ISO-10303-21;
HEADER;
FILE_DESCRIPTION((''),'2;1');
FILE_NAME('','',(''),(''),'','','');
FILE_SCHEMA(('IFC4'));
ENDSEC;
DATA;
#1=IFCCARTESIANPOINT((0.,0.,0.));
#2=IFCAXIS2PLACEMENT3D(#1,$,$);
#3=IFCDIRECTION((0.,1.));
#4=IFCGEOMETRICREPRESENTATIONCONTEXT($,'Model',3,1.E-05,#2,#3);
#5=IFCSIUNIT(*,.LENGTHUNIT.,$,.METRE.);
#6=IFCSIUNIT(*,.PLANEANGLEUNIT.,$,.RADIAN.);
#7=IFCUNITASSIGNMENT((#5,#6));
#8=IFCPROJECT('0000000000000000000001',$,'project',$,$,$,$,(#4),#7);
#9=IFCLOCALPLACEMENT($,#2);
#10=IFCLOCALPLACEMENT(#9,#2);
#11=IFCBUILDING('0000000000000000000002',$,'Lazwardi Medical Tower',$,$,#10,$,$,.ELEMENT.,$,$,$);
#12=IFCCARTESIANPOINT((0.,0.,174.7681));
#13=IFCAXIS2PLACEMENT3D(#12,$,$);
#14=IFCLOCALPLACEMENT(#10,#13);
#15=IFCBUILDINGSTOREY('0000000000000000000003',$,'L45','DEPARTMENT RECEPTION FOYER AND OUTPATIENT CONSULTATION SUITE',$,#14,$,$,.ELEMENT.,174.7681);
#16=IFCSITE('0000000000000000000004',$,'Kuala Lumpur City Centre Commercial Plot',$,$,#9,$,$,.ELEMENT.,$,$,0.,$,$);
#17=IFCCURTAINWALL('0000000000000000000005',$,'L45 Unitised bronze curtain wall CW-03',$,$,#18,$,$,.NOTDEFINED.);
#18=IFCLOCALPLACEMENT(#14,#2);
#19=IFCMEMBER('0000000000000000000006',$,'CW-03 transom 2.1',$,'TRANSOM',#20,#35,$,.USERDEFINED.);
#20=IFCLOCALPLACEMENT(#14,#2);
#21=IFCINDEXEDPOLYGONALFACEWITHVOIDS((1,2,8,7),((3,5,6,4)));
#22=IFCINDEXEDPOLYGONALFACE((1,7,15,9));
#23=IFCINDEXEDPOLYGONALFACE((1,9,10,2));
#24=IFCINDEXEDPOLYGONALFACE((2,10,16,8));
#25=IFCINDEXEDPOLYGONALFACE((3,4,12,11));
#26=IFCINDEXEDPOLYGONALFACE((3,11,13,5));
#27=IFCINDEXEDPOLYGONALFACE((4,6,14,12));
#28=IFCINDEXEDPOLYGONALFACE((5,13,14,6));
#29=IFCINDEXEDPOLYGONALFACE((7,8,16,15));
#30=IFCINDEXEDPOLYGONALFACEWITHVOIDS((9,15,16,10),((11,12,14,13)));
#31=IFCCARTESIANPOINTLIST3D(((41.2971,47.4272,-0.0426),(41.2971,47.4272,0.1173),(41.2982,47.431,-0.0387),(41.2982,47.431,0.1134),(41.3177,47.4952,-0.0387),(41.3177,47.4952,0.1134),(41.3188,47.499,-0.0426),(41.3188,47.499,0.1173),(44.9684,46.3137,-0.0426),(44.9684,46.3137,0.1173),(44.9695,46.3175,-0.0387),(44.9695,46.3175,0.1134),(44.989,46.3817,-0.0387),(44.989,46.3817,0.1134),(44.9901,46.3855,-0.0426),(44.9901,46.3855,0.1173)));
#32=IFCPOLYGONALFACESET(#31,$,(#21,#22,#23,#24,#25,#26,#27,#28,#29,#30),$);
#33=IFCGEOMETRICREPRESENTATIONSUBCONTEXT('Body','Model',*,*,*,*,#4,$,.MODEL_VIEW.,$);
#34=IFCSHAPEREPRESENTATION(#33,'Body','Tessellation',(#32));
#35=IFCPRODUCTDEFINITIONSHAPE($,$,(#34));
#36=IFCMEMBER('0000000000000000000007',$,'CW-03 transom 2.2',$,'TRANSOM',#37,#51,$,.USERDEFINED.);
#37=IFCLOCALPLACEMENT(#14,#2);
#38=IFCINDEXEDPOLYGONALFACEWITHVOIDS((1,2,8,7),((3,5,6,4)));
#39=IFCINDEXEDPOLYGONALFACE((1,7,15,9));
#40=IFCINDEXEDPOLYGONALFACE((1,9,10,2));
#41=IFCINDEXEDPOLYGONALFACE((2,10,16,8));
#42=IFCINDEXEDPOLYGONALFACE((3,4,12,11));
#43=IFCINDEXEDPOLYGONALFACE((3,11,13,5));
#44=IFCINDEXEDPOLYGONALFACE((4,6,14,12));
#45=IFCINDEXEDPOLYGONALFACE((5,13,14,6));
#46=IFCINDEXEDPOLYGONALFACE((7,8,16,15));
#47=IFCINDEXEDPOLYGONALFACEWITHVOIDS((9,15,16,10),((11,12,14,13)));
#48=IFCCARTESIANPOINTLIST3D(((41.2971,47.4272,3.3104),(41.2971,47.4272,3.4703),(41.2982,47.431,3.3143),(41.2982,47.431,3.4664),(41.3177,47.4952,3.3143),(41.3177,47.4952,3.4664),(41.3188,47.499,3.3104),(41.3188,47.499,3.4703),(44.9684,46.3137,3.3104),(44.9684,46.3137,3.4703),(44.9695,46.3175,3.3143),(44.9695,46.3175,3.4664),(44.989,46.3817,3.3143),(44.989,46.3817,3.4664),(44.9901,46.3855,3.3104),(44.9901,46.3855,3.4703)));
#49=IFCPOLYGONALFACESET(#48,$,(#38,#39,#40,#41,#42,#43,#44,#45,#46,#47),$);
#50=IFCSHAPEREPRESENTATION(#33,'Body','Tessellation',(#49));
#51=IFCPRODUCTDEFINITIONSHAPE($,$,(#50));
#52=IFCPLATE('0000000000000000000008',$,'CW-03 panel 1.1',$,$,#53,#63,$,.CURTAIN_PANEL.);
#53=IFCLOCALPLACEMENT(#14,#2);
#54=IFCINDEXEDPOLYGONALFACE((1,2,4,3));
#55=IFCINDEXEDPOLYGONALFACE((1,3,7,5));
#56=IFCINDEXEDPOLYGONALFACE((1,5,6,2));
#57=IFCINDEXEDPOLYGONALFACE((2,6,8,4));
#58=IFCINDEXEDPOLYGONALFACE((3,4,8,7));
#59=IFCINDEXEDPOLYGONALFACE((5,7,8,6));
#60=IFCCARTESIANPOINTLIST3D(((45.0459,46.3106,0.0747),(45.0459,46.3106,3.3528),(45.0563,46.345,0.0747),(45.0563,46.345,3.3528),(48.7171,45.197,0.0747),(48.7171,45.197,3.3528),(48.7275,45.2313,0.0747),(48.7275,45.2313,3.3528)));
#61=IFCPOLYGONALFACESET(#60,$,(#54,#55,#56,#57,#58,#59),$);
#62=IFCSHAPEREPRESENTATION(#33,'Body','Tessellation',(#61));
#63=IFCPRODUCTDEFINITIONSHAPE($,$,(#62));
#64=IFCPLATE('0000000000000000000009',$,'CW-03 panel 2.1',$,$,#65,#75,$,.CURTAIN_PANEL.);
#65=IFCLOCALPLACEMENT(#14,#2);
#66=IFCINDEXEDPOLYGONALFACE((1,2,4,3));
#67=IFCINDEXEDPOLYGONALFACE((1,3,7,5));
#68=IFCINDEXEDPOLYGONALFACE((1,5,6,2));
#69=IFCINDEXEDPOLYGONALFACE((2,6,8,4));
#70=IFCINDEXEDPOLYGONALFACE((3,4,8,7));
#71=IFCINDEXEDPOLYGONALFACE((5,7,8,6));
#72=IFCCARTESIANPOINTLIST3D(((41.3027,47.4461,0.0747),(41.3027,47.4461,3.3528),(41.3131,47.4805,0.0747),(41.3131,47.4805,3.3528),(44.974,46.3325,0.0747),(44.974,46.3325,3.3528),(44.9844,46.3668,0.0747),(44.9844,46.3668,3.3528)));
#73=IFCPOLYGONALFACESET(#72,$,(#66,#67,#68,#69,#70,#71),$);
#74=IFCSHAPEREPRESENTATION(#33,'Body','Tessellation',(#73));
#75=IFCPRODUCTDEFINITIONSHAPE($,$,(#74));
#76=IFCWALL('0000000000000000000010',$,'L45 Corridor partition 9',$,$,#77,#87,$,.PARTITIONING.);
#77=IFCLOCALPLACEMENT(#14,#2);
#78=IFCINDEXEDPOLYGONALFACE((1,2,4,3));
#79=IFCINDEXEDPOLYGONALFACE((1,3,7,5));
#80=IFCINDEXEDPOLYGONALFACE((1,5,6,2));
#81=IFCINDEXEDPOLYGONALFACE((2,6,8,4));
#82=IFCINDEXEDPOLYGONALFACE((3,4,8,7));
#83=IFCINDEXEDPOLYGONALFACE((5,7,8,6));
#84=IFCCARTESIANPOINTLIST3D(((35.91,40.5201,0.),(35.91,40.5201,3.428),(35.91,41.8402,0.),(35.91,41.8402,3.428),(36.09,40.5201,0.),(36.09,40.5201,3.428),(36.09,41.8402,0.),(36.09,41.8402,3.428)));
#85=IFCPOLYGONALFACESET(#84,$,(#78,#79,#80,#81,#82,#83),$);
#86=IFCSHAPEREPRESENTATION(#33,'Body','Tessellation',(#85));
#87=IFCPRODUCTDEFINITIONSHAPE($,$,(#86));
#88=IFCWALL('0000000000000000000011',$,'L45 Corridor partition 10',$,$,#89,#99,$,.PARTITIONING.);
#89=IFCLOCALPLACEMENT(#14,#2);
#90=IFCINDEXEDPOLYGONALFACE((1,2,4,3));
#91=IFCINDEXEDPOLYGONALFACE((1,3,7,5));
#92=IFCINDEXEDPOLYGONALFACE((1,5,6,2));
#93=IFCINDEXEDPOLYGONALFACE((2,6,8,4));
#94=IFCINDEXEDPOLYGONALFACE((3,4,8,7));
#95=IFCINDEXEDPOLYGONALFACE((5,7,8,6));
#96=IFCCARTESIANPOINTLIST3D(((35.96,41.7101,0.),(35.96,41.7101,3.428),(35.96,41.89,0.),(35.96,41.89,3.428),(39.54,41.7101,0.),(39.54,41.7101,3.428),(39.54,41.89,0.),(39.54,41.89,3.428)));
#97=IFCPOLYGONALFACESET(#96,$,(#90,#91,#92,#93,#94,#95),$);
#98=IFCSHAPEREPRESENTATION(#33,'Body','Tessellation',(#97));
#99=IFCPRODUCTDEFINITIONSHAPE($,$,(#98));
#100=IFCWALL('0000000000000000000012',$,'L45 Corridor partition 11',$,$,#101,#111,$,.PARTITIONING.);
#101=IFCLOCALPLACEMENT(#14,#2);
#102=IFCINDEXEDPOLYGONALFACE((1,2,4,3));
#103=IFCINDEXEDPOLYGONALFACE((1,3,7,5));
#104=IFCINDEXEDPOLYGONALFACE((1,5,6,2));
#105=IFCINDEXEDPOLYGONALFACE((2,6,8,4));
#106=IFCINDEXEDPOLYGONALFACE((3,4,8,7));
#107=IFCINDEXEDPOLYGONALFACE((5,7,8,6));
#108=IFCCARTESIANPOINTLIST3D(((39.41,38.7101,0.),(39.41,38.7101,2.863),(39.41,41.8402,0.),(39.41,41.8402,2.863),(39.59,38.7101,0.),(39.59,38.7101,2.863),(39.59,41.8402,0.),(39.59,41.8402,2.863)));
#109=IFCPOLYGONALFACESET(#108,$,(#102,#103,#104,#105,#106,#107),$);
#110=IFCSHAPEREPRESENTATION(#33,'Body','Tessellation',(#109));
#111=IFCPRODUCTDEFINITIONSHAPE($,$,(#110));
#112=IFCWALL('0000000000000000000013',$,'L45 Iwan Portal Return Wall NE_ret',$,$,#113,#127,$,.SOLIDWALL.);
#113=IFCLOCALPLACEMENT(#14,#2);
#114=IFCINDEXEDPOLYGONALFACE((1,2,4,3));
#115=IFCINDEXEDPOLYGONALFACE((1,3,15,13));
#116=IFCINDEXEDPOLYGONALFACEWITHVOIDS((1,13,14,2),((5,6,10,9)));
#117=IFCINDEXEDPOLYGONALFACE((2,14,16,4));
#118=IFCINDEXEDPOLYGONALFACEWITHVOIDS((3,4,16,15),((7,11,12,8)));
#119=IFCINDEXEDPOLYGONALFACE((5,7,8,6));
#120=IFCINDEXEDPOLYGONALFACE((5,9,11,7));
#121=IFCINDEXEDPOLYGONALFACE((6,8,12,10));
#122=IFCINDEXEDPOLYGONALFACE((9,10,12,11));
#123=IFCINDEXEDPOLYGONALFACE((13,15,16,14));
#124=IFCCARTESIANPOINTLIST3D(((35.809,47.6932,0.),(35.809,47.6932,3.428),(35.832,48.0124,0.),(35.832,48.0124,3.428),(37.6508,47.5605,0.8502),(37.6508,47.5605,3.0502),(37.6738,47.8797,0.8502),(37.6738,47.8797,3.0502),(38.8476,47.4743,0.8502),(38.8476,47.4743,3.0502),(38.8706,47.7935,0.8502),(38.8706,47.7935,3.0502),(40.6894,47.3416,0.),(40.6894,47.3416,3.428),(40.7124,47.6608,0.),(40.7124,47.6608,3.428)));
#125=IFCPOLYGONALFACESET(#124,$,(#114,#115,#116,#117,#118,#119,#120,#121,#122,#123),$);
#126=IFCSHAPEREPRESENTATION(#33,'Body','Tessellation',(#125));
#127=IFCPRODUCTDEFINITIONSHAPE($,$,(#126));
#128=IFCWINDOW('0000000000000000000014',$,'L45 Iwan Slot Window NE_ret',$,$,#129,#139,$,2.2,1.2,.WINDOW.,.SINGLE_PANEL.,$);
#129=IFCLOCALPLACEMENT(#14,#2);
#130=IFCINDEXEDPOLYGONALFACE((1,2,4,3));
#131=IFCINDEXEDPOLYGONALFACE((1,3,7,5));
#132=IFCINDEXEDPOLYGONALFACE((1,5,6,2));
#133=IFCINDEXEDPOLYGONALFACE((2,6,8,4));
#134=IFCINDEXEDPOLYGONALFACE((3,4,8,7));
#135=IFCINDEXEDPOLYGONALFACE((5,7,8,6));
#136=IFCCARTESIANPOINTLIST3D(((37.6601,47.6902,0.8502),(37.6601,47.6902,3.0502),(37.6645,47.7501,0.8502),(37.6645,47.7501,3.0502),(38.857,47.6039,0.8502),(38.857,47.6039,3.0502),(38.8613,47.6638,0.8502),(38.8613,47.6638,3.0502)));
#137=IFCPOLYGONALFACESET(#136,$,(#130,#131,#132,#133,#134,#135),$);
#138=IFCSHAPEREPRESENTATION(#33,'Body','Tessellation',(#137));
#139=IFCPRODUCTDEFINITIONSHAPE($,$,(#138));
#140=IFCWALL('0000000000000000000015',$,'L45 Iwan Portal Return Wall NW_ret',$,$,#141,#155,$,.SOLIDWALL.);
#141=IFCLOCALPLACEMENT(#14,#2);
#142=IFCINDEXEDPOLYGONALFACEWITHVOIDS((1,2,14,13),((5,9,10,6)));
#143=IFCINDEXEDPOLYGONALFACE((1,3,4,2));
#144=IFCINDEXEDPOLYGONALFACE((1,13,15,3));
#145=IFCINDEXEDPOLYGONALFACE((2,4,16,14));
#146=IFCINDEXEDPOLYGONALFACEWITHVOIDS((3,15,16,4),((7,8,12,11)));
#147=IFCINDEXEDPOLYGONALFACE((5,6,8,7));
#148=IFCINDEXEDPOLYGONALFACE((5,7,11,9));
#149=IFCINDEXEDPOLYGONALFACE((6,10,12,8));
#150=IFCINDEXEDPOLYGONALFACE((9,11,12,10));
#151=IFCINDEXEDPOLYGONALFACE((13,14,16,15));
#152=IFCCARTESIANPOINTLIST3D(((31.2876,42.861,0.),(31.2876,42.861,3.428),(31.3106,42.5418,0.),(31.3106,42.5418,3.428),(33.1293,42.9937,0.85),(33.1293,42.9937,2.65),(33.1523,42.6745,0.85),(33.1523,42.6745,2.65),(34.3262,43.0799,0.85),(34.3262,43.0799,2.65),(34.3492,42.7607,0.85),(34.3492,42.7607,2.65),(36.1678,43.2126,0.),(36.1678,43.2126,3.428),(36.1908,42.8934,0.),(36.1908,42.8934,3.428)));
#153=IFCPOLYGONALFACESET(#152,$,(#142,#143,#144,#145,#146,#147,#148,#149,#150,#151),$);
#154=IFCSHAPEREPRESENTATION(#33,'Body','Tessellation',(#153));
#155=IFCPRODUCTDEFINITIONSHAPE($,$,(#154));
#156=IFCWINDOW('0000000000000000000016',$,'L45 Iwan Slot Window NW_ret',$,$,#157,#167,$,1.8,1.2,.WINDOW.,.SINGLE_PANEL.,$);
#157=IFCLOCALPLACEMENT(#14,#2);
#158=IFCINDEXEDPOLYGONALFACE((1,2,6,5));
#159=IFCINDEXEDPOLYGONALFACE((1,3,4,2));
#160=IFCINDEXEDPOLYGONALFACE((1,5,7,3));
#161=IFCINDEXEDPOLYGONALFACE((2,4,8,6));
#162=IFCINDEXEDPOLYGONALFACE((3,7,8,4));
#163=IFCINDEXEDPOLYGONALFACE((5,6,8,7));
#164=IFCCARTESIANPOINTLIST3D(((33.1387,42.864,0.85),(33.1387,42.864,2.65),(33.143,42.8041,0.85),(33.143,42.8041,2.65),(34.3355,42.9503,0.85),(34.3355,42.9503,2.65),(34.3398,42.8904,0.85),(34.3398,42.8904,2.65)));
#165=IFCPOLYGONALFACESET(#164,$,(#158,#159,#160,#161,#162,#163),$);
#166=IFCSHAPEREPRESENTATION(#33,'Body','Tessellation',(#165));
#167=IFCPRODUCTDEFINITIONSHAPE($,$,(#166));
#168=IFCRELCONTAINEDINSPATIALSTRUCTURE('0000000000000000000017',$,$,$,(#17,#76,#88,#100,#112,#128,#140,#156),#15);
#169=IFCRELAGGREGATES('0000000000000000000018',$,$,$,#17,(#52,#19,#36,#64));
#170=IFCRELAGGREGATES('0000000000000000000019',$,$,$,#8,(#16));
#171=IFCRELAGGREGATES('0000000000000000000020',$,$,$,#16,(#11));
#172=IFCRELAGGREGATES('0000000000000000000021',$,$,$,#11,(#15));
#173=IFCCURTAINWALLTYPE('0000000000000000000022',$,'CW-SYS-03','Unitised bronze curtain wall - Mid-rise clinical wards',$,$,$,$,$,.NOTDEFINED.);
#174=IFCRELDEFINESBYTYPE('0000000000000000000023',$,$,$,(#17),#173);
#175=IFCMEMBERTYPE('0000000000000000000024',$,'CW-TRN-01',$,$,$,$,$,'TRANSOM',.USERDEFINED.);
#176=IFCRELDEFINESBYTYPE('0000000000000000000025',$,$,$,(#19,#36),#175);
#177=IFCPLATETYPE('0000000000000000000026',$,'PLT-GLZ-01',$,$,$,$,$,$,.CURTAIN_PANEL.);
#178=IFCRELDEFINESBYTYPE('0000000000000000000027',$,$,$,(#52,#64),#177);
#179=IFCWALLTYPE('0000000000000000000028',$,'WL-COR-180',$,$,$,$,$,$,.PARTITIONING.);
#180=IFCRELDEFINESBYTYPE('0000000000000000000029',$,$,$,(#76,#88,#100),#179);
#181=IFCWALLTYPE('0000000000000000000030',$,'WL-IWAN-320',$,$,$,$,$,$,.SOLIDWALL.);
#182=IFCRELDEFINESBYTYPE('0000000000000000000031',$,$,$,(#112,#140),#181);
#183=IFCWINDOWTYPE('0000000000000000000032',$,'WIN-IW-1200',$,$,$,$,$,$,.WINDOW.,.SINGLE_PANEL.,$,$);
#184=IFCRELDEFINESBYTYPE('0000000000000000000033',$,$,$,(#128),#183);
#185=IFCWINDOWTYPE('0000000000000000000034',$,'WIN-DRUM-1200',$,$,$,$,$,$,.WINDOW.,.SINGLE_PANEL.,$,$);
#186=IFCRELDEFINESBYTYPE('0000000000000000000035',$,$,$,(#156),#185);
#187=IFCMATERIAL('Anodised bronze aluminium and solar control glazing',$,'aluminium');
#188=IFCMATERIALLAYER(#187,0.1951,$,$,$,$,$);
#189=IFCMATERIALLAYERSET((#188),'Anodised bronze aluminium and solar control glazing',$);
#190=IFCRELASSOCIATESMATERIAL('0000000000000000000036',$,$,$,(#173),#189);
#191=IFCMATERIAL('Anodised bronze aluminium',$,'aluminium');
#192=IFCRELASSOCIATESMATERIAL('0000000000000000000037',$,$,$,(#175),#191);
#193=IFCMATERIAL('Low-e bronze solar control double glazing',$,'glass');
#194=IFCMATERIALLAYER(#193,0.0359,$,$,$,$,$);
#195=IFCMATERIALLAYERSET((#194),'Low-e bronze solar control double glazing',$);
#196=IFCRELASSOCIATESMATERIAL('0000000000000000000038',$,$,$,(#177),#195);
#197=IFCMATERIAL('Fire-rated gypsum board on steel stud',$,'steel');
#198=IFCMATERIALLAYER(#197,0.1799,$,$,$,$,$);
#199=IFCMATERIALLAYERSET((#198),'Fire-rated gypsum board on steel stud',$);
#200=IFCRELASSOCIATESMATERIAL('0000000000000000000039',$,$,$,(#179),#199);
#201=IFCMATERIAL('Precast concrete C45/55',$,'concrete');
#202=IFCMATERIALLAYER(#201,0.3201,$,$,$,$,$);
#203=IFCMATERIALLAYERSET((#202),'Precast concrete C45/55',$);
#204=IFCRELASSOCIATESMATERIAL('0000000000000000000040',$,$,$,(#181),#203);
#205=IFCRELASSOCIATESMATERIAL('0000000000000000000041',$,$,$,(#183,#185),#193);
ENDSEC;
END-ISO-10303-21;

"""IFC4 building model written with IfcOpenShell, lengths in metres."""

from ifc_helpers import new_model, si_unit, direction, frame, frame_2d, origin, origin_2d, place, context, subcontext, project, spatial, rectangle, hollow_rectangle, extrude, material, layer, layer_set, material_profile, profile_set, type_object, element, fill, aggregate, save


model = new_model("IFC4")

# Units and contexts
model_context = context("Model", 3, precision=1e-05, world=origin(), true_north=direction((0.0, 1.0)))
body_context = subcontext(model_context, "Body", "Model", "MODEL_VIEW")
ifc_project = project(units=[si_unit("LENGTHUNIT", "METRE"), si_unit("PLANEANGLEUNIT", "RADIAN")], contexts=[model_context])

# Site, building, storey
site_placement = place(None, origin())
site = spatial("IfcSite", under=ifc_project, at=site_placement, Name="Kuala Lumpur City Centre Commercial Plot", CompositionType="ELEMENT", RefElevation=0.0)
building_placement = place(site_placement, origin())
building = spatial("IfcBuilding", under=site, at=building_placement, Name="Lazwardi Medical Tower", CompositionType="ELEMENT")
storey_placement = place(building_placement, frame((0.0, 0.0, 174.7681)))
storey = spatial("IfcBuildingStorey", under=building, at=storey_placement, Name="L45", Description="DEPARTMENT RECEPTION FOYER AND OUTPATIENT CONSULTATION SUITE", CompositionType="ELEMENT", Elevation=174.7681)

# Curtain wall, members, plates
ifc_material_1 = material(Name="Anodised bronze aluminium and solar control glazing", Category="aluminium")
ifc_layer_1 = layer(ifc_material_1, 0.1951)
ifc_layer_set_1 = layer_set([ifc_layer_1], Name="Anodised bronze aluminium and solar control glazing")
curtain_wall_type = type_object("IfcCurtainWallType", Name="CW-SYS-03", Description="Unitised bronze curtain wall - Mid-rise clinical wards", PredefinedType="NOTDEFINED", material=ifc_layer_set_1)
curtain_wall_placement = place(storey_placement, origin())
curtain_wall = element("IfcCurtainWall", 1, at=curtain_wall_placement, inside=storey, type_object=curtain_wall_type, Name="L45 Unitised bronze curtain wall CW-03", PredefinedType="NOTDEFINED")
ifc_material_2 = material(Name="Anodised bronze aluminium", Category="aluminium")
ifc_material_profile_1 = material_profile(ifc_material_2, hollow_rectangle(XDim=0.075, YDim=0.1599, WallThickness=0.0039, at=origin_2d()), Name="ALU-TRANSOM 160x75x4")
ifc_profile_set_1 = profile_set([ifc_material_profile_1], Name="Anodised bronze aluminium")
member_type_1 = type_object("IfcMemberType", Name="CW-TRN-01", ElementType="TRANSOM", PredefinedType="USERDEFINED", material=ifc_profile_set_1)
member_1_placement = place(storey_placement, frame((44.9792, 46.3496, 0.0374), z_axis=(-0.956953, 0.290242, 0.0), x_axis=(-0.290242, -0.956953, 0.0)))
member_1 = element("IfcMember", 2, at=member_1_placement, type_object=member_type_1, Name="CW-03 transom 2.1", ObjectType="TRANSOM", PredefinedType="USERDEFINED", context=body_context, shape_type="SweptSolid", body=[
    extrude(hollow_rectangle(XDim=0.075, YDim=0.1599, WallThickness=0.0039, at=origin_2d()), origin(), (0.0, 0.0, 1.0), 3.8364),
])
member_2_placement = place(storey_placement, frame((44.9792, 46.3496, 3.3904), z_axis=(-0.956953, 0.290242, 0.0), x_axis=(-0.290242, -0.956953, 0.0)))
member_2 = element("IfcMember", 3, at=member_2_placement, type_object=member_type_1, Name="CW-03 transom 2.2", ObjectType="TRANSOM", PredefinedType="USERDEFINED", context=body_context, shape_type="SweptSolid", body=[
    extrude(hollow_rectangle(XDim=0.075, YDim=0.1599, WallThickness=0.0039, at=origin_2d()), origin(), (0.0, 0.0, 1.0), 3.8364),
])
ifc_material_3 = material(Name="Low-e bronze solar control double glazing", Category="glass")
ifc_layer_2 = layer(ifc_material_3, 0.0359)
ifc_layer_set_2 = layer_set([ifc_layer_2], Name="Low-e bronze solar control double glazing")
plate_type = type_object("IfcPlateType", Name="PLT-GLZ-01", PredefinedType="CURTAIN_PANEL", material=ifc_layer_set_2)
plate_1_placement = place(storey_placement, frame((46.8867, 45.771, 0.0747), z_axis=(0.0, 0.0, 1.0), x_axis=(-0.956942, 0.290281, 0.0)))
plate_1 = element("IfcPlate", 4, at=plate_1_placement, type_object=plate_type, Name="CW-03 panel 1.1", PredefinedType="CURTAIN_PANEL", context=body_context, shape_type="SweptSolid", body=[
    extrude(rectangle(XDim=3.8364, YDim=0.0359, at=origin_2d()), origin(), (0.0, 0.0, 1.0), 3.2781),
])
plate_2_placement = place(storey_placement, frame((43.1436, 46.9065, 0.0747), z_axis=(0.0, 0.0, 1.0), x_axis=(-0.956942, 0.290281, 0.0)))
plate_2 = element("IfcPlate", 5, at=plate_2_placement, type_object=plate_type, Name="CW-03 panel 2.1", PredefinedType="CURTAIN_PANEL", context=body_context, shape_type="SweptSolid", body=[
    extrude(rectangle(XDim=3.8364, YDim=0.0359, at=origin_2d()), origin(), (0.0, 0.0, 1.0), 3.2781),
])
aggregate(curtain_wall, [plate_1, member_1, member_2, plate_2])

# Walls
ifc_material_4 = material(Name="Fire-rated gypsum board on steel stud", Category="steel")
ifc_layer_3 = layer(ifc_material_4, 0.1799)
ifc_layer_set_3 = layer_set([ifc_layer_3], Name="Fire-rated gypsum board on steel stud")
wall_type_1 = type_object("IfcWallType", Name="WL-COR-180", PredefinedType="PARTITIONING", material=ifc_layer_set_3)
wall_1_placement = place(storey_placement, frame((36.0, 40.52, 0.0), z_axis=(0.0, 0.0, 1.0), x_axis=(0.0, 1.0, 0.0)))
element("IfcWall", 6, at=wall_1_placement, inside=storey, type_object=wall_type_1, Name="L45 Corridor partition 9", PredefinedType="PARTITIONING", context=body_context, shape_type="SweptSolid", body=[
    extrude(rectangle(XDim=1.3201, YDim=0.1799, at=frame_2d((0.6602, 0.0))), origin(), (0.0, 0.0, 1.0), 3.428),
])
wall_2_placement = place(storey_placement, frame((35.96, 41.8, 0.0), z_axis=(0.0, 0.0, 1.0), x_axis=(1.0, 0.0, 0.0)))
element("IfcWall", 7, at=wall_2_placement, inside=storey, type_object=wall_type_1, Name="L45 Corridor partition 10", PredefinedType="PARTITIONING", context=body_context, shape_type="SweptSolid", body=[
    extrude(rectangle(XDim=3.5801, YDim=0.1799, at=frame_2d((1.79, 0.0))), origin(), (0.0, 0.0, 1.0), 3.428),
])
wall_3_placement = place(storey_placement, frame((39.5, 41.8401, 0.0), z_axis=(0.0, 0.0, 1.0), x_axis=(0.0, -1.0, 0.0)))
element("IfcWall", 8, at=wall_3_placement, inside=storey, type_object=wall_type_1, Name="L45 Corridor partition 11", PredefinedType="PARTITIONING", context=body_context, shape_type="SweptSolid", body=[
    extrude(rectangle(XDim=3.1301, YDim=0.1799, at=frame_2d((1.5649, 0.0))), origin(), (0.0, 0.0, 1.0), 2.863),
])

# Walls, openings, windows
ifc_material_5 = material(Name="Precast concrete C45/55", Category="concrete")
ifc_layer_4 = layer(ifc_material_5, 0.3201)
ifc_layer_set_4 = layer_set([ifc_layer_4], Name="Precast concrete C45/55")
wall_type_2 = type_object("IfcWallType", Name="WL-IWAN-320", PredefinedType="SOLIDWALL", material=ifc_layer_set_4)
wall_4_placement = place(storey_placement, frame((40.7009, 47.5012, 0.0), z_axis=(0.0, 0.0, 1.0), x_axis=(-0.997415, 0.07185, 0.0)))
wall_4 = element("IfcWall", 9, at=wall_4_placement, inside=storey, type_object=wall_type_2, Name="L45 Iwan Portal Return Wall NE_ret", PredefinedType="SOLIDWALL", context=body_context, shape_type="SweptSolid", body=[
    extrude(rectangle(XDim=4.8931, YDim=0.3201, at=frame_2d((2.4465, 0.0))), origin(), (0.0, 0.0, 1.0), 3.428),
])
opening_1_placement = place(wall_4_placement, frame((1.8464, 0.0, 0.8501)))
opening_1 = element("IfcOpeningElement", 10, at=opening_1_placement, cuts=wall_4, PredefinedType="OPENING", context=body_context, shape_type="SweptSolid", body=[
    extrude(rectangle(XDim=1.2, YDim=2.2, at=frame_2d((0.6001, 1.1001))), frame((0.0, 0.1699, 0.0), z_axis=(0.0, -1.0, 0.0), x_axis=(1.0, 0.0, 0.0)), (0.0, 0.0, 1.0), 0.3401),
])
window_type_1 = type_object("IfcWindowType", Name="WIN-IW-1200", PartitioningType="SINGLE_PANEL", PredefinedType="WINDOW", material=ifc_material_3)
window_1_placement = place(opening_1_placement, origin())
window_1 = element("IfcWindow", 11, at=window_1_placement, inside=storey, type_object=window_type_1, Name="L45 Iwan Slot Window NE_ret", OverallHeight=2.2, OverallWidth=1.2, PartitioningType="SINGLE_PANEL", PredefinedType="WINDOW", context=body_context, shape_type="SweptSolid", body=[
    extrude(rectangle(XDim=1.2, YDim=2.2, at=frame_2d((0.6001, 1.1001))), frame((0.0, 0.03, 0.0), z_axis=(0.0, -1.0, 0.0), x_axis=(1.0, 0.0, 0.0)), (0.0, 0.0, 1.0), 0.0601),
])
fill(opening_1, window_1)
wall_5_placement = place(storey_placement, frame((36.1792, 43.053, 0.0), z_axis=(0.0, 0.0, 1.0), x_axis=(-0.997415, -0.071853, 0.0)))
wall_5 = element("IfcWall", 12, at=wall_5_placement, inside=storey, type_object=wall_type_2, Name="L45 Iwan Portal Return Wall NW_ret", PredefinedType="SOLIDWALL", context=body_context, shape_type="SweptSolid", body=[
    extrude(rectangle(XDim=4.8928, YDim=0.3201, at=frame_2d((2.4463, 0.0))), origin(), (0.0, 0.0, 1.0), 3.428),
])
opening_2_placement = place(wall_5_placement, frame((1.8462, 0.0, 0.8501)))
opening_2 = element("IfcOpeningElement", 13, at=opening_2_placement, cuts=wall_5, PredefinedType="OPENING", context=body_context, shape_type="SweptSolid", body=[
    extrude(rectangle(XDim=1.2, YDim=1.8, at=frame_2d((0.6001, 0.8999))), frame((0.0, 0.1699, 0.0), z_axis=(0.0, -1.0, 0.0), x_axis=(1.0, 0.0, 0.0)), (0.0, 0.0, 1.0), 0.3401),
])
window_type_2 = type_object("IfcWindowType", Name="WIN-DRUM-1200", PartitioningType="SINGLE_PANEL", PredefinedType="WINDOW", material=ifc_material_3)
window_2_placement = place(opening_2_placement, origin())
window_2 = element("IfcWindow", 14, at=window_2_placement, inside=storey, type_object=window_type_2, Name="L45 Iwan Slot Window NW_ret", OverallHeight=1.8, OverallWidth=1.2, PartitioningType="SINGLE_PANEL", PredefinedType="WINDOW", context=body_context, shape_type="SweptSolid", body=[
    extrude(rectangle(XDim=1.2, YDim=1.8, at=frame_2d((0.6001, 0.8999))), frame((0.0, 0.03, 0.0), z_axis=(0.0, -1.0, 0.0), x_axis=(1.0, 0.0, 0.0)), (0.0, 0.0, 1.0), 0.0601),
])
fill(opening_2, window_2)

save(model, "model.ifc")
